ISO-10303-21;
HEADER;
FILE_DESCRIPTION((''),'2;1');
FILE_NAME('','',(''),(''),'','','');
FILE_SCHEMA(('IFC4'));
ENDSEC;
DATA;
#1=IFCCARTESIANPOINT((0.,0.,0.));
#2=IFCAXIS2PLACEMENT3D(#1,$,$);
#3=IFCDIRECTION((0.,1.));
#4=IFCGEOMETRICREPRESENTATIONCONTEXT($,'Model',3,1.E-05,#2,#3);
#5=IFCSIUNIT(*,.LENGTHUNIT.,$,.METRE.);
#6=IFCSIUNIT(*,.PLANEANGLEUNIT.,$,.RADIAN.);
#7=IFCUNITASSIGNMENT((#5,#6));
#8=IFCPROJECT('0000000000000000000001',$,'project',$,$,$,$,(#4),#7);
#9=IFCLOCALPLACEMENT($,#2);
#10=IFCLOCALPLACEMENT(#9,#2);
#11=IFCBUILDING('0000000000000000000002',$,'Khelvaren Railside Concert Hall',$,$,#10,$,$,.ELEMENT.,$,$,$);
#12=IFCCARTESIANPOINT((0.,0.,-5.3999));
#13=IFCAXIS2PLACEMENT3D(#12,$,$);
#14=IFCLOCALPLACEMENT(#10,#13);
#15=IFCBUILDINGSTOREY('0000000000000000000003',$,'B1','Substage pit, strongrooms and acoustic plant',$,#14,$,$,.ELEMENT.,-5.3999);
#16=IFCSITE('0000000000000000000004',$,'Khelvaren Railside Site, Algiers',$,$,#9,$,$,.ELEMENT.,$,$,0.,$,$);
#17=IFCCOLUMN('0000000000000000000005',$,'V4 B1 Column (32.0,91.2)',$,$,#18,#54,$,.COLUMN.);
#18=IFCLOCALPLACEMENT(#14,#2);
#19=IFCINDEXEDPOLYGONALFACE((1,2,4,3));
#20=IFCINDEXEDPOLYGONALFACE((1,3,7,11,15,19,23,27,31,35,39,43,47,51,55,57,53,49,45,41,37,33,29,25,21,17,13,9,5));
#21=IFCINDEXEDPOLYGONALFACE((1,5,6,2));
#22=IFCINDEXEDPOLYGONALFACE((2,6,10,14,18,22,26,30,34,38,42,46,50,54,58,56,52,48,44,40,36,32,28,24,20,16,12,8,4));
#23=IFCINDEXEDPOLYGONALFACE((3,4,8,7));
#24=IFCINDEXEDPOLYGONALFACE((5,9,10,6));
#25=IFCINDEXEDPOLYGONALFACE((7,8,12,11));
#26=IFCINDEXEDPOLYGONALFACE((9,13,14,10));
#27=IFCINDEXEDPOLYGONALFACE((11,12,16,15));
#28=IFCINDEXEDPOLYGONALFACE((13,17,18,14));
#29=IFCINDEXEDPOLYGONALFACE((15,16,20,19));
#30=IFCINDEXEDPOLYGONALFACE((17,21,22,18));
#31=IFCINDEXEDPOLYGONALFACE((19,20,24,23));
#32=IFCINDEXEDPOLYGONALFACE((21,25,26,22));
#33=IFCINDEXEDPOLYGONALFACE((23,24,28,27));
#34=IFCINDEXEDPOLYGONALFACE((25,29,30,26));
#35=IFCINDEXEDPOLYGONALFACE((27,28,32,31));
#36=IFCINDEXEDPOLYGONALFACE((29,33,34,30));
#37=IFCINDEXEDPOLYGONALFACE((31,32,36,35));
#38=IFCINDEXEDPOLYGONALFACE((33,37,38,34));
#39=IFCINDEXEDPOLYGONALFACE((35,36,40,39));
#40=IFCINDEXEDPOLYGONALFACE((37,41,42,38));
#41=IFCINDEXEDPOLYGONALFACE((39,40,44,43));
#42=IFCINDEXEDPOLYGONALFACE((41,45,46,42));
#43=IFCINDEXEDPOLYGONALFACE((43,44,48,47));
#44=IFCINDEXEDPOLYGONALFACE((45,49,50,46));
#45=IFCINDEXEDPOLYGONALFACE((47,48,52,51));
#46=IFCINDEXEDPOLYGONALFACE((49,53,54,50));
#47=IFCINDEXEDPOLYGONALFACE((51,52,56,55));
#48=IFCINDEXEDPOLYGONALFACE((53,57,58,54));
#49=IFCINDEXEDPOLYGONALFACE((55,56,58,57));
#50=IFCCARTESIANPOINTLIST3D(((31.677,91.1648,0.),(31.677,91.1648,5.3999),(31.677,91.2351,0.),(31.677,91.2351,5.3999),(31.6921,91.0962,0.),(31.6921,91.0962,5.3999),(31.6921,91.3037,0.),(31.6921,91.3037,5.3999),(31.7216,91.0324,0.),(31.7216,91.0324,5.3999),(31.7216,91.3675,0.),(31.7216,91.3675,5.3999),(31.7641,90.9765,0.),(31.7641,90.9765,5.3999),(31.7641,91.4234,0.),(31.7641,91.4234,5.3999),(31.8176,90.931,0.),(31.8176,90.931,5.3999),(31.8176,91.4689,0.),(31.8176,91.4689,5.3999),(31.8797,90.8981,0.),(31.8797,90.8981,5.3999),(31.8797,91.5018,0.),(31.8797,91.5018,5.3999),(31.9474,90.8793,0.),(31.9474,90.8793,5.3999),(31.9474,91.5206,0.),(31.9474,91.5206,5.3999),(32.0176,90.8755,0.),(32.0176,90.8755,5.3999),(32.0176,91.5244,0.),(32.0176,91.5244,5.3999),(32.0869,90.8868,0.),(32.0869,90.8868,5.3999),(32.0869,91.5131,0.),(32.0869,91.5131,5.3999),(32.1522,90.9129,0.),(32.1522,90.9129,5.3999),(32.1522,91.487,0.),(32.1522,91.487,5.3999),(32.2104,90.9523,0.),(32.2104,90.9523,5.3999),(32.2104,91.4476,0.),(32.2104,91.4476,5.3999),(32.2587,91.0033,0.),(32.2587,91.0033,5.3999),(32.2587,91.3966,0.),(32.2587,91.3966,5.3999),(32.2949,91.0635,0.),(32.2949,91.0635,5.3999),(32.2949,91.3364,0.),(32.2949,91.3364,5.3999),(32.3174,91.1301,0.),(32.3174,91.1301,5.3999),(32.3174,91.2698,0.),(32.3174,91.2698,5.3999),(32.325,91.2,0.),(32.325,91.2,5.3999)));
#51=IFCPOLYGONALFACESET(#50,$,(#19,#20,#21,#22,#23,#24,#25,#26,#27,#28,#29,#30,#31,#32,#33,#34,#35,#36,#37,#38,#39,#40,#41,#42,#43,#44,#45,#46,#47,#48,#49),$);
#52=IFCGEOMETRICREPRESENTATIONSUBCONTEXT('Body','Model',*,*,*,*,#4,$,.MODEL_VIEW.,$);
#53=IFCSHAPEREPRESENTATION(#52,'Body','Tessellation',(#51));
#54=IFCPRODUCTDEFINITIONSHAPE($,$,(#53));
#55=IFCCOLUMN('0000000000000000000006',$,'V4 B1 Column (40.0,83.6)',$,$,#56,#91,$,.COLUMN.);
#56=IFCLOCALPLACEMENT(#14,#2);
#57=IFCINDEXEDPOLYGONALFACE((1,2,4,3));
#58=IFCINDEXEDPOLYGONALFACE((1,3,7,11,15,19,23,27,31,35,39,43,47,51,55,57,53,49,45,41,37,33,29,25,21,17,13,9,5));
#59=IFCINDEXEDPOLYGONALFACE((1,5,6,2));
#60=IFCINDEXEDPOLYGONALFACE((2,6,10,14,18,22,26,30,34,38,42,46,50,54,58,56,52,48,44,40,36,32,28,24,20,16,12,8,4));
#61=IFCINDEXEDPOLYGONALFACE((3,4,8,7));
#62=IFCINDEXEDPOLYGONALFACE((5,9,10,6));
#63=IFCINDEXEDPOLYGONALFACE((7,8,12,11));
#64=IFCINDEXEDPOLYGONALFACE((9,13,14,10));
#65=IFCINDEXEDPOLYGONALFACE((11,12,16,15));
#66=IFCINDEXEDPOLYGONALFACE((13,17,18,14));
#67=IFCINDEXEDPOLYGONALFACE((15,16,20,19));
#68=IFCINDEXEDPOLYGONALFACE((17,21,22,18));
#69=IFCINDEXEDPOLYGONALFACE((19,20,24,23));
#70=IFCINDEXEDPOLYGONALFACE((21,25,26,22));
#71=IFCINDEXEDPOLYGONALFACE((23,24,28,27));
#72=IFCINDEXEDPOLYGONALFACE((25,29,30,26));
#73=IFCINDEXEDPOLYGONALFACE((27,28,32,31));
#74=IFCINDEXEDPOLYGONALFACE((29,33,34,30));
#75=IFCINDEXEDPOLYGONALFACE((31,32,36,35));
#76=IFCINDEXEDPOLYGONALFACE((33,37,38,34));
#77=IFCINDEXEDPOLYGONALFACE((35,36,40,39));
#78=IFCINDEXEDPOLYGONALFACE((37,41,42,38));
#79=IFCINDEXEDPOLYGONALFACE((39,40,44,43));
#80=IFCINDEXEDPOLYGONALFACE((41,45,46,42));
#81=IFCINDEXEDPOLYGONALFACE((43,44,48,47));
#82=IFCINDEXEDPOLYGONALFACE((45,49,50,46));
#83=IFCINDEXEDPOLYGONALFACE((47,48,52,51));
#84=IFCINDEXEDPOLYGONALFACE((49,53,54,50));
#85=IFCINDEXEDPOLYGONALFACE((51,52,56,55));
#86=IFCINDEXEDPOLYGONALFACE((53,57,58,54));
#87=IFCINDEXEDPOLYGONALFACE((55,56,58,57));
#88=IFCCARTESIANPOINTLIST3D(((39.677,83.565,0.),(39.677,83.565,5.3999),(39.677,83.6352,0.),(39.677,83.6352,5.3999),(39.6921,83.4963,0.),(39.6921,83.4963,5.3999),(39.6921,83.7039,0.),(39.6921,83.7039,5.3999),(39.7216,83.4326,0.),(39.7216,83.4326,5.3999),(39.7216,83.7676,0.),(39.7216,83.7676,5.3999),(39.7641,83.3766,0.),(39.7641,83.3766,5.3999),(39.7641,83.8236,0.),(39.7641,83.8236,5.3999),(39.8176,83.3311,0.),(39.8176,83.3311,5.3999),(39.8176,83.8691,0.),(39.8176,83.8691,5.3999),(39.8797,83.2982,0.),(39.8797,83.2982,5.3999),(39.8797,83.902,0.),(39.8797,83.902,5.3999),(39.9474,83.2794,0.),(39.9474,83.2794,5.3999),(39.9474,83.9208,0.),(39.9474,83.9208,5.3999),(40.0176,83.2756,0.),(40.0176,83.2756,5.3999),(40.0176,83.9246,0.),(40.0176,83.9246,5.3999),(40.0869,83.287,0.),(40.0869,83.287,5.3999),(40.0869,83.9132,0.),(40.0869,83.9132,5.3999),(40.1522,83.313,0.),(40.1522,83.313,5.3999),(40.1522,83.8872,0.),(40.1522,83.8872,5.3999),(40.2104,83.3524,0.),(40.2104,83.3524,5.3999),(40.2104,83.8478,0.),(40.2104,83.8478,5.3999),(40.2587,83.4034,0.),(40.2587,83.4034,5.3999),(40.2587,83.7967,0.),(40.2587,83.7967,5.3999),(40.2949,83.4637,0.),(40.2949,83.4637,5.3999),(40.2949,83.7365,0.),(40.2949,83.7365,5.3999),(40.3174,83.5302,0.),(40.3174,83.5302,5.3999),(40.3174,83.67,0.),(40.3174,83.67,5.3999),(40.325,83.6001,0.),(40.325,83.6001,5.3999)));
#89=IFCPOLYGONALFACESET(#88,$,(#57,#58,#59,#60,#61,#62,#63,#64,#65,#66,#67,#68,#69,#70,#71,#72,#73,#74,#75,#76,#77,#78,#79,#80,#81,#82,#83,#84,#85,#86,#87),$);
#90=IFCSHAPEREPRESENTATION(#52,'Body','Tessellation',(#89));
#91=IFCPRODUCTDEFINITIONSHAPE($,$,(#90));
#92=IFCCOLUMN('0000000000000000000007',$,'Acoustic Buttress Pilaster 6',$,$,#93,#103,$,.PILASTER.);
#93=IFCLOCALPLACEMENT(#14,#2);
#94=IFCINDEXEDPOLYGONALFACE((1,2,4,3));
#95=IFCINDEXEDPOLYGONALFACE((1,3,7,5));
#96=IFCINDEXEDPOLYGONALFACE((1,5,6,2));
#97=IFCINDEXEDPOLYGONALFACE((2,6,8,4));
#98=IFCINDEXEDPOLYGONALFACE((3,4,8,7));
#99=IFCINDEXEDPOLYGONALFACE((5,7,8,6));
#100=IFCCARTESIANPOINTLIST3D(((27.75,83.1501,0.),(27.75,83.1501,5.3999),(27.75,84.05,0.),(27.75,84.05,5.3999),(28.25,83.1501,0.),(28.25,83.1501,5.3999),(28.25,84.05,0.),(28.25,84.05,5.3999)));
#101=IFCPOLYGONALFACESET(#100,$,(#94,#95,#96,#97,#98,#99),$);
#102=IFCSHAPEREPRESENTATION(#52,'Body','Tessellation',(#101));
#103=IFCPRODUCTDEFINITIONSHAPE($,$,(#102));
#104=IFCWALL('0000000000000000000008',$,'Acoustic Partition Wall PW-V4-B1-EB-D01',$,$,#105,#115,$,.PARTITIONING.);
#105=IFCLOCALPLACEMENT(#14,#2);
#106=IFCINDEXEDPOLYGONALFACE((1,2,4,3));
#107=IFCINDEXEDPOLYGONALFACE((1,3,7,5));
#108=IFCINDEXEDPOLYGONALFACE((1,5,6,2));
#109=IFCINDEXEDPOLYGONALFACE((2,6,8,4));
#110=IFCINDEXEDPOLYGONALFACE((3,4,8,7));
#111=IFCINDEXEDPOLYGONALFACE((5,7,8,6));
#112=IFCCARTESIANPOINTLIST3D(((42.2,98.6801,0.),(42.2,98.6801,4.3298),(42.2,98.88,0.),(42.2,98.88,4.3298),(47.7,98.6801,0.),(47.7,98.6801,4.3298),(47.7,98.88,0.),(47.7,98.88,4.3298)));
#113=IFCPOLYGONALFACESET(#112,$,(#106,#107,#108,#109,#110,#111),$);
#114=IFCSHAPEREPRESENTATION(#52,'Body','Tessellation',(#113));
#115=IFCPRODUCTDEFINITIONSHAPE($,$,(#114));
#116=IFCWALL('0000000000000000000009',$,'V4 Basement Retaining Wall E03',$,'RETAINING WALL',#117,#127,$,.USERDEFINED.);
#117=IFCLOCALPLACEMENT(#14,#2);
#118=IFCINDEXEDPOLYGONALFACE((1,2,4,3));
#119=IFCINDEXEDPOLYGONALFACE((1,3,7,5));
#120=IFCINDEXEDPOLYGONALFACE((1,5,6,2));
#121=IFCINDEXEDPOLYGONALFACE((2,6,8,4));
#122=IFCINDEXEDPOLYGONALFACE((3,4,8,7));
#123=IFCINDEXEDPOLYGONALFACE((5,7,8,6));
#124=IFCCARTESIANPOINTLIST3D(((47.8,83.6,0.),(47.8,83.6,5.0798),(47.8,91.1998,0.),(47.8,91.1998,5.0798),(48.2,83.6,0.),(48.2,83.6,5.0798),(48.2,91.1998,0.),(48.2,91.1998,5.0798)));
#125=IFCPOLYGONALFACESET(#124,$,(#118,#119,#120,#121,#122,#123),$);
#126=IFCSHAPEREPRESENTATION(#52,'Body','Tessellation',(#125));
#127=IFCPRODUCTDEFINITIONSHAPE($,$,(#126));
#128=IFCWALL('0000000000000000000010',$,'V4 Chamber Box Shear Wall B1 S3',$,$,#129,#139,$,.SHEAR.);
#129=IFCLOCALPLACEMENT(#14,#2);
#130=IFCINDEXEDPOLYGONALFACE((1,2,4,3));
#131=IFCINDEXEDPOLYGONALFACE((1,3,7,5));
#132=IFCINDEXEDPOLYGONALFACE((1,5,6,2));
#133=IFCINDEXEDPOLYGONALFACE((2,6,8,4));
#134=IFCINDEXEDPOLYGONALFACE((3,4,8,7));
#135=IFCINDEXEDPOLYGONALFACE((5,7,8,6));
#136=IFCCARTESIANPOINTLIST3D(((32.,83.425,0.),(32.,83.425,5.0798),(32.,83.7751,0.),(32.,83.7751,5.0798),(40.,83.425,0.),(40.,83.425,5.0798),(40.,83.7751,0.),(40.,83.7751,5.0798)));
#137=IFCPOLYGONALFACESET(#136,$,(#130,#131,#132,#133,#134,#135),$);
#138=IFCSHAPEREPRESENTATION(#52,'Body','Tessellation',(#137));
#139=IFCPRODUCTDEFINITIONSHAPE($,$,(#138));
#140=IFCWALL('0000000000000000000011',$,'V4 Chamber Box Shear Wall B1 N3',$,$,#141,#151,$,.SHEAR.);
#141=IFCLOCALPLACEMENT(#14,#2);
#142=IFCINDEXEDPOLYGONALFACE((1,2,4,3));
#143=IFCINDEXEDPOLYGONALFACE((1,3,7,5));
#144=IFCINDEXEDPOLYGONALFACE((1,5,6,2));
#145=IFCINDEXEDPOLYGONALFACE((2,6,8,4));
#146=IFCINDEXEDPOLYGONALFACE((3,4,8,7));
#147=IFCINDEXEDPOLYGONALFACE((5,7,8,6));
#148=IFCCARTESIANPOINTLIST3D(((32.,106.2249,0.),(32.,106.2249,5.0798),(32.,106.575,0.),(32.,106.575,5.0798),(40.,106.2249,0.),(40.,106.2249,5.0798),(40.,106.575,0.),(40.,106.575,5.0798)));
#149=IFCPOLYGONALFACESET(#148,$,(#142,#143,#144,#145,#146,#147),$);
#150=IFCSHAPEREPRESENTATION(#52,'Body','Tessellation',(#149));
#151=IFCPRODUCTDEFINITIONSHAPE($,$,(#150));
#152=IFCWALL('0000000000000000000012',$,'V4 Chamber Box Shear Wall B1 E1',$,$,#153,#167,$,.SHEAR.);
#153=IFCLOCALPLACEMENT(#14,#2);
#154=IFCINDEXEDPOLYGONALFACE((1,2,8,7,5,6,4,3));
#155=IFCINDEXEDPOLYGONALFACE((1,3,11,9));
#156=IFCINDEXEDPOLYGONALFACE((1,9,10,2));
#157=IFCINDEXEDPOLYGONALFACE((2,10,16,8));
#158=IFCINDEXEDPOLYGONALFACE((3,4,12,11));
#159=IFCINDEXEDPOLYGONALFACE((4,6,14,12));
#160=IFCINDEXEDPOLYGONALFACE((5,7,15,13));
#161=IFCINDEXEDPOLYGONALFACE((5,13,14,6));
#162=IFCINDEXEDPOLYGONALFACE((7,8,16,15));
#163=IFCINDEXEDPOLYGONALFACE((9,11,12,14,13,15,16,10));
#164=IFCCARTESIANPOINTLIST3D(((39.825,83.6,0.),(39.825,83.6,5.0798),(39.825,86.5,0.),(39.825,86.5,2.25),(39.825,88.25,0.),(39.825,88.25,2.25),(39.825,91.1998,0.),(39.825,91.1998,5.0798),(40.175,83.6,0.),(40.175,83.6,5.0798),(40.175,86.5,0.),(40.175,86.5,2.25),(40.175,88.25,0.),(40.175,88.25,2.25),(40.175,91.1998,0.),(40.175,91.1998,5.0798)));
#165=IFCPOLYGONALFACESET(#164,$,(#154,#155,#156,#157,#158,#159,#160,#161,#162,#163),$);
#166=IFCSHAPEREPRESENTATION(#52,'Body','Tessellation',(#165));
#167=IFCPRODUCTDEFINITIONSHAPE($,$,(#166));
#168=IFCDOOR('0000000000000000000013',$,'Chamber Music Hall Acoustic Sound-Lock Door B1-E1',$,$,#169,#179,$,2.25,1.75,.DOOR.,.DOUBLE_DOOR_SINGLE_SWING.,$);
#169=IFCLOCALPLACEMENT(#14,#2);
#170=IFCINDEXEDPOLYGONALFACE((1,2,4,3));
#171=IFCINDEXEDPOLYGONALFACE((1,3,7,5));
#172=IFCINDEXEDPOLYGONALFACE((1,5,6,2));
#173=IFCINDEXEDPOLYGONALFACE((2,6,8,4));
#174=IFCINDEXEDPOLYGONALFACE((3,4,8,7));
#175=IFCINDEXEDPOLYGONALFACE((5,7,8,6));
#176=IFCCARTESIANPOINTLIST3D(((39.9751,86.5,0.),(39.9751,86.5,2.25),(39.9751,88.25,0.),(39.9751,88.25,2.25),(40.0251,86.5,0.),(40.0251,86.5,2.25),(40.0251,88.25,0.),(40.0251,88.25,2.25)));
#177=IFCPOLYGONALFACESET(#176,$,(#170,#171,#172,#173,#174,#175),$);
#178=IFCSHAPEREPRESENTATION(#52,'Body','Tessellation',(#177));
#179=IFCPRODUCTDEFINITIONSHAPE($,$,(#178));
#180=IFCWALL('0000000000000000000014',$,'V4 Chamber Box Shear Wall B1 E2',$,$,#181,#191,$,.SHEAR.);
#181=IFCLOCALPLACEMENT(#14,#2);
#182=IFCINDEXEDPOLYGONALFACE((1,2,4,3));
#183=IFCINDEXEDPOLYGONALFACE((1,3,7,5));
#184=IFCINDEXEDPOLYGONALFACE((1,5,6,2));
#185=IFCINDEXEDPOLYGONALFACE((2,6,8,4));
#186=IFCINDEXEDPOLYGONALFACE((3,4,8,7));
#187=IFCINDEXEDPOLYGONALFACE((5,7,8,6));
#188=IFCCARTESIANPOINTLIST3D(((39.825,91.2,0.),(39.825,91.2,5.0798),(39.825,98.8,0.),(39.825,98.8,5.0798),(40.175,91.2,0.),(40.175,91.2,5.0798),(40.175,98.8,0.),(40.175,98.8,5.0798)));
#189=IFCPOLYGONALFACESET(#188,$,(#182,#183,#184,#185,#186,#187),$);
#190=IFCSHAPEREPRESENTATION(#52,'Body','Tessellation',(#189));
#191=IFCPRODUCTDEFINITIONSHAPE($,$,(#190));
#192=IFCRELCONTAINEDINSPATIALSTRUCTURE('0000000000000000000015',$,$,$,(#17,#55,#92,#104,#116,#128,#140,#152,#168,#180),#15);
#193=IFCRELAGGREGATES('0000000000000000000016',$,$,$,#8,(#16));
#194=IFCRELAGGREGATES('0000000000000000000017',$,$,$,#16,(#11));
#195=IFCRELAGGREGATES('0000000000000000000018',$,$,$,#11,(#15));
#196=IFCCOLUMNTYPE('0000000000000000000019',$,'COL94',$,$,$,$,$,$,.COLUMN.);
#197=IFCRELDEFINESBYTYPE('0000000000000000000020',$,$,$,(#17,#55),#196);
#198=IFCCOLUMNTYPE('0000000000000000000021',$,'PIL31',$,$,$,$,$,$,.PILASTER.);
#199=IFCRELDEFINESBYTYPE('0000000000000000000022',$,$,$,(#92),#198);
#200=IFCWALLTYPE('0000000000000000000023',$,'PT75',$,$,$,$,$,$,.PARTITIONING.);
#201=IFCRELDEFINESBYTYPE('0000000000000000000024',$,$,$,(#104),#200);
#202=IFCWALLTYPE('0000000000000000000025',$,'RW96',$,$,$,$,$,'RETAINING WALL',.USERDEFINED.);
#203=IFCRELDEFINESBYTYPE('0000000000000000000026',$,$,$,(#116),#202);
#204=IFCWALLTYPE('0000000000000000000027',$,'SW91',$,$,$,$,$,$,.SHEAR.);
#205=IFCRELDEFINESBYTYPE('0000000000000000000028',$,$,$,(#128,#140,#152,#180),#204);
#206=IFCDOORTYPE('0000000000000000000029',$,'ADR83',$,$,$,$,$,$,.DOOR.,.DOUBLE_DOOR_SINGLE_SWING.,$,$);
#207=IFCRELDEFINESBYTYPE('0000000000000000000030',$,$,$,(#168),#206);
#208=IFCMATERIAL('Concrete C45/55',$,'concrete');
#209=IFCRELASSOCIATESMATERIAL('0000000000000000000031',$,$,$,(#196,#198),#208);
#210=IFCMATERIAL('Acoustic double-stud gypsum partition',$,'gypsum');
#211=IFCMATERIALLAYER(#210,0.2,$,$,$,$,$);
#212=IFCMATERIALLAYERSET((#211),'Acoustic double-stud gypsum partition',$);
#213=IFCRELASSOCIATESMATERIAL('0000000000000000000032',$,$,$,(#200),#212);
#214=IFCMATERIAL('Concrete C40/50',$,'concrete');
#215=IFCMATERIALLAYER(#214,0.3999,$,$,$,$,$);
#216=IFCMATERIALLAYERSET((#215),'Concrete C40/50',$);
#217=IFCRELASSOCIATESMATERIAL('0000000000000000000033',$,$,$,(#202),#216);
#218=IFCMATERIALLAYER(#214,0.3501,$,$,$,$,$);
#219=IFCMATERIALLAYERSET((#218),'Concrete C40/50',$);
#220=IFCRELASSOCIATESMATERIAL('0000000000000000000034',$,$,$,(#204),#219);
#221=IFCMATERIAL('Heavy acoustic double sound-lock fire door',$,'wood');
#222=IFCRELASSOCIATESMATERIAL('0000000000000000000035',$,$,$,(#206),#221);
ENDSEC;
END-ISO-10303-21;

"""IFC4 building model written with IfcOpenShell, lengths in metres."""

from ifc_helpers import new_model, si_unit, direction, frame, frame_2d, origin, origin_2d, place, context, subcontext, project, spatial, rectangle, circle, extrude, material, layer, layer_set, material_profile, profile_set, type_object, element, fill, save


model = new_model("IFC4")

# Units and contexts
model_context = context("Model", 3, precision=1e-05, world=origin(), true_north=direction((0.0, 1.0)))
body_context = subcontext(model_context, "Body", "Model", "MODEL_VIEW")
ifc_project = project(units=[si_unit("LENGTHUNIT", "METRE"), si_unit("PLANEANGLEUNIT", "RADIAN")], contexts=[model_context])

# Site, building, storey
site_placement = place(None, origin())
site = spatial("IfcSite", under=ifc_project, at=site_placement, Name="Khelvaren Railside Site, Algiers", CompositionType="ELEMENT", RefElevation=0.0)
building_placement = place(site_placement, origin())
building = spatial("IfcBuilding", under=site, at=building_placement, Name="Khelvaren Railside Concert Hall", CompositionType="ELEMENT")
storey_placement = place(building_placement, frame((0.0, 0.0, -5.3999)))
storey = spatial("IfcBuildingStorey", under=building, at=storey_placement, Name="B1", Description="Substage pit, strongrooms and acoustic plant", CompositionType="ELEMENT", Elevation=-5.3999)

# Columns
ifc_material_1 = material(Name="Concrete C45/55", Category="concrete")
ifc_material_profile_1 = material_profile(ifc_material_1, circle(Radius=0.325, at=origin_2d()), Name="RC D650")
ifc_profile_set_1 = profile_set([ifc_material_profile_1], Name="Concrete C45/55")
column_type_1 = type_object("IfcColumnType", Name="COL94", PredefinedType="COLUMN", material=ifc_profile_set_1)
for number, where, z_axis, x_axis, name in (
    (1, (32.0, 91.2, 0.0), (0.0, 0.0, 1.0), (1.0, 0.0, 0.0), "V4 B1 Column (32.0,91.2)"),
    (2, (40.0, 83.6001, 0.0), (0.0, 0.0, 1.0), (1.0, 0.0, 0.0), "V4 B1 Column (40.0,83.6)"),
):
    element("IfcColumn", number, at=place(storey_placement, frame(where, z_axis=z_axis, x_axis=x_axis)), inside=storey, type_object=column_type_1, Name=name, PredefinedType="COLUMN", context=body_context, shape_type="SweptSolid", body=[
        extrude(circle(Radius=0.325, at=origin_2d()), origin(), (0.0, 0.0, 1.0), 5.3999),
    ])
ifc_material_profile_2 = material_profile(ifc_material_1, rectangle(XDim=0.5, YDim=0.8999, at=origin_2d()), Name="PIL 500x900")
ifc_profile_set_2 = profile_set([ifc_material_profile_2], Name="Concrete C45/55")
column_type_2 = type_object("IfcColumnType", Name="PIL31", PredefinedType="PILASTER", material=ifc_profile_set_2)
column_1_placement = place(storey_placement, frame((28.0, 83.6001, 0.0), z_axis=(0.0, 0.0, 1.0), x_axis=(1.0, 0.0, 0.0)))
element("IfcColumn", 3, at=column_1_placement, inside=storey, type_object=column_type_2, Name="Acoustic Buttress Pilaster 6", PredefinedType="PILASTER", context=body_context, shape_type="SweptSolid", body=[
    extrude(rectangle(XDim=0.5, YDim=0.8999, at=origin_2d()), origin(), (0.0, 0.0, 1.0), 5.3999),
])

# Walls
ifc_material_2 = material(Name="Acoustic double-stud gypsum partition", Category="gypsum")
ifc_layer_1 = layer(ifc_material_2, 0.2)
ifc_layer_set_1 = layer_set([ifc_layer_1], Name="Acoustic double-stud gypsum partition")
wall_type_1 = type_object("IfcWallType", Name="PT75", PredefinedType="PARTITIONING", material=ifc_layer_set_1)
wall_1_placement = place(storey_placement, frame((42.2, 98.78, 0.0), z_axis=(0.0, 0.0, 1.0), x_axis=(1.0, 0.0, 0.0)))
element("IfcWall", 4, at=wall_1_placement, inside=storey, type_object=wall_type_1, Name="Acoustic Partition Wall PW-V4-B1-EB-D01", PredefinedType="PARTITIONING", context=body_context, shape_type="SweptSolid", body=[
    extrude(rectangle(XDim=5.5, YDim=0.2, at=frame_2d((2.75, 0.0))), origin(), (0.0, 0.0, 1.0), 4.3298),
])
ifc_material_3 = material(Name="Concrete C40/50", Category="concrete")
ifc_layer_2 = layer(ifc_material_3, 0.3999)
ifc_layer_set_2 = layer_set([ifc_layer_2], Name="Concrete C40/50")
wall_type_2 = type_object("IfcWallType", Name="RW96", ElementType="RETAINING WALL", PredefinedType="USERDEFINED", material=ifc_layer_set_2)
wall_2_placement = place(storey_placement, frame((48.0, 83.6001, 0.0), z_axis=(0.0, 0.0, 1.0), x_axis=(0.0, 1.0, 0.0)))
element("IfcWall", 5, at=wall_2_placement, inside=storey, type_object=wall_type_2, Name="V4 Basement Retaining Wall E03", ObjectType="RETAINING WALL", PredefinedType="USERDEFINED", context=body_context, shape_type="SweptSolid", body=[
    extrude(rectangle(XDim=7.5999, YDim=0.3999, at=frame_2d((3.7998, 0.0))), origin(), (0.0, 0.0, 1.0), 5.0798),
])
ifc_layer_3 = layer(ifc_material_3, 0.3501)
ifc_layer_set_3 = layer_set([ifc_layer_3], Name="Concrete C40/50")
wall_type_3 = type_object("IfcWallType", Name="SW91", PredefinedType="SHEAR", material=ifc_layer_set_3)
for number, where, z_axis, x_axis, name in (
    (6, (32.0, 83.6001, 0.0), (0.0, 0.0, 1.0), (1.0, 0.0, 0.0), "V4 Chamber Box Shear Wall B1 S3"),
    (7, (32.0, 106.3999, 0.0), (0.0, 0.0, 1.0), (1.0, 0.0, 0.0), "V4 Chamber Box Shear Wall B1 N3"),
):
    element("IfcWall", number, at=place(storey_placement, frame(where, z_axis=z_axis, x_axis=x_axis)), inside=storey, type_object=wall_type_3, Name=name, PredefinedType="SHEAR", context=body_context, shape_type="SweptSolid", body=[
        extrude(rectangle(XDim=8.0, YDim=0.3501, at=frame_2d((4.0, 0.0))), origin(), (0.0, 0.0, 1.0), 5.0798),
    ])

# Wall, opening, door
wall_3_placement = place(storey_placement, frame((40.0, 83.6001, 0.0), z_axis=(0.0, 0.0, 1.0), x_axis=(0.0, 1.0, 0.0)))
wall_3 = element("IfcWall", 8, at=wall_3_placement, inside=storey, type_object=wall_type_3, Name="V4 Chamber Box Shear Wall B1 E1", PredefinedType="SHEAR", context=body_context, shape_type="SweptSolid", body=[
    extrude(rectangle(XDim=7.5999, YDim=0.3501, at=frame_2d((3.7998, 0.0))), origin(), (0.0, 0.0, 1.0), 5.0798),
])
opening_placement = place(wall_3_placement, frame((2.8999, 0.0, 0.0)))
opening = element("IfcOpeningElement", 9, at=opening_placement, cuts=wall_3, PredefinedType="OPENING", context=body_context, shape_type="SweptSolid", body=[
    extrude(rectangle(XDim=1.75, YDim=2.25, at=frame_2d((0.875, 1.125))), frame((0.0, 0.1851, 0.0), z_axis=(0.0, -1.0, 0.0), x_axis=(1.0, 0.0, 0.0)), (0.0, 0.0, 1.0), 0.3701),
])
ifc_material_4 = material(Name="Heavy acoustic double sound-lock fire door", Category="wood")
door_type = type_object("IfcDoorType", Name="ADR83", OperationType="DOUBLE_DOOR_SINGLE_SWING", PredefinedType="DOOR", material=ifc_material_4)
door_placement = place(opening_placement, origin())
door = element("IfcDoor", 10, at=door_placement, inside=storey, type_object=door_type, Name="Chamber Music Hall Acoustic Sound-Lock Door B1-E1", OperationType="DOUBLE_DOOR_SINGLE_SWING", OverallHeight=2.25, OverallWidth=1.75, PredefinedType="DOOR", context=body_context, shape_type="SweptSolid", body=[
    extrude(rectangle(XDim=1.75, YDim=2.25, at=frame_2d((0.875, 1.125))), frame((0.0, 0.0249, 0.0), z_axis=(0.0, -1.0, 0.0), x_axis=(1.0, 0.0, 0.0)), (0.0, 0.0, 1.0), 0.05),
])
fill(opening, door)

# Wall
wall_4_placement = place(storey_placement, frame((40.0, 91.2, 0.0), z_axis=(0.0, 0.0, 1.0), x_axis=(0.0, 1.0, 0.0)))
element("IfcWall", 11, at=wall_4_placement, inside=storey, type_object=wall_type_3, Name="V4 Chamber Box Shear Wall B1 E2", PredefinedType="SHEAR", context=body_context, shape_type="SweptSolid", body=[
    extrude(rectangle(XDim=7.6001, YDim=0.3501, at=frame_2d((3.8, 0.0))), origin(), (0.0, 0.0, 1.0), 5.0798),
])

save(model, "model.ifc")
